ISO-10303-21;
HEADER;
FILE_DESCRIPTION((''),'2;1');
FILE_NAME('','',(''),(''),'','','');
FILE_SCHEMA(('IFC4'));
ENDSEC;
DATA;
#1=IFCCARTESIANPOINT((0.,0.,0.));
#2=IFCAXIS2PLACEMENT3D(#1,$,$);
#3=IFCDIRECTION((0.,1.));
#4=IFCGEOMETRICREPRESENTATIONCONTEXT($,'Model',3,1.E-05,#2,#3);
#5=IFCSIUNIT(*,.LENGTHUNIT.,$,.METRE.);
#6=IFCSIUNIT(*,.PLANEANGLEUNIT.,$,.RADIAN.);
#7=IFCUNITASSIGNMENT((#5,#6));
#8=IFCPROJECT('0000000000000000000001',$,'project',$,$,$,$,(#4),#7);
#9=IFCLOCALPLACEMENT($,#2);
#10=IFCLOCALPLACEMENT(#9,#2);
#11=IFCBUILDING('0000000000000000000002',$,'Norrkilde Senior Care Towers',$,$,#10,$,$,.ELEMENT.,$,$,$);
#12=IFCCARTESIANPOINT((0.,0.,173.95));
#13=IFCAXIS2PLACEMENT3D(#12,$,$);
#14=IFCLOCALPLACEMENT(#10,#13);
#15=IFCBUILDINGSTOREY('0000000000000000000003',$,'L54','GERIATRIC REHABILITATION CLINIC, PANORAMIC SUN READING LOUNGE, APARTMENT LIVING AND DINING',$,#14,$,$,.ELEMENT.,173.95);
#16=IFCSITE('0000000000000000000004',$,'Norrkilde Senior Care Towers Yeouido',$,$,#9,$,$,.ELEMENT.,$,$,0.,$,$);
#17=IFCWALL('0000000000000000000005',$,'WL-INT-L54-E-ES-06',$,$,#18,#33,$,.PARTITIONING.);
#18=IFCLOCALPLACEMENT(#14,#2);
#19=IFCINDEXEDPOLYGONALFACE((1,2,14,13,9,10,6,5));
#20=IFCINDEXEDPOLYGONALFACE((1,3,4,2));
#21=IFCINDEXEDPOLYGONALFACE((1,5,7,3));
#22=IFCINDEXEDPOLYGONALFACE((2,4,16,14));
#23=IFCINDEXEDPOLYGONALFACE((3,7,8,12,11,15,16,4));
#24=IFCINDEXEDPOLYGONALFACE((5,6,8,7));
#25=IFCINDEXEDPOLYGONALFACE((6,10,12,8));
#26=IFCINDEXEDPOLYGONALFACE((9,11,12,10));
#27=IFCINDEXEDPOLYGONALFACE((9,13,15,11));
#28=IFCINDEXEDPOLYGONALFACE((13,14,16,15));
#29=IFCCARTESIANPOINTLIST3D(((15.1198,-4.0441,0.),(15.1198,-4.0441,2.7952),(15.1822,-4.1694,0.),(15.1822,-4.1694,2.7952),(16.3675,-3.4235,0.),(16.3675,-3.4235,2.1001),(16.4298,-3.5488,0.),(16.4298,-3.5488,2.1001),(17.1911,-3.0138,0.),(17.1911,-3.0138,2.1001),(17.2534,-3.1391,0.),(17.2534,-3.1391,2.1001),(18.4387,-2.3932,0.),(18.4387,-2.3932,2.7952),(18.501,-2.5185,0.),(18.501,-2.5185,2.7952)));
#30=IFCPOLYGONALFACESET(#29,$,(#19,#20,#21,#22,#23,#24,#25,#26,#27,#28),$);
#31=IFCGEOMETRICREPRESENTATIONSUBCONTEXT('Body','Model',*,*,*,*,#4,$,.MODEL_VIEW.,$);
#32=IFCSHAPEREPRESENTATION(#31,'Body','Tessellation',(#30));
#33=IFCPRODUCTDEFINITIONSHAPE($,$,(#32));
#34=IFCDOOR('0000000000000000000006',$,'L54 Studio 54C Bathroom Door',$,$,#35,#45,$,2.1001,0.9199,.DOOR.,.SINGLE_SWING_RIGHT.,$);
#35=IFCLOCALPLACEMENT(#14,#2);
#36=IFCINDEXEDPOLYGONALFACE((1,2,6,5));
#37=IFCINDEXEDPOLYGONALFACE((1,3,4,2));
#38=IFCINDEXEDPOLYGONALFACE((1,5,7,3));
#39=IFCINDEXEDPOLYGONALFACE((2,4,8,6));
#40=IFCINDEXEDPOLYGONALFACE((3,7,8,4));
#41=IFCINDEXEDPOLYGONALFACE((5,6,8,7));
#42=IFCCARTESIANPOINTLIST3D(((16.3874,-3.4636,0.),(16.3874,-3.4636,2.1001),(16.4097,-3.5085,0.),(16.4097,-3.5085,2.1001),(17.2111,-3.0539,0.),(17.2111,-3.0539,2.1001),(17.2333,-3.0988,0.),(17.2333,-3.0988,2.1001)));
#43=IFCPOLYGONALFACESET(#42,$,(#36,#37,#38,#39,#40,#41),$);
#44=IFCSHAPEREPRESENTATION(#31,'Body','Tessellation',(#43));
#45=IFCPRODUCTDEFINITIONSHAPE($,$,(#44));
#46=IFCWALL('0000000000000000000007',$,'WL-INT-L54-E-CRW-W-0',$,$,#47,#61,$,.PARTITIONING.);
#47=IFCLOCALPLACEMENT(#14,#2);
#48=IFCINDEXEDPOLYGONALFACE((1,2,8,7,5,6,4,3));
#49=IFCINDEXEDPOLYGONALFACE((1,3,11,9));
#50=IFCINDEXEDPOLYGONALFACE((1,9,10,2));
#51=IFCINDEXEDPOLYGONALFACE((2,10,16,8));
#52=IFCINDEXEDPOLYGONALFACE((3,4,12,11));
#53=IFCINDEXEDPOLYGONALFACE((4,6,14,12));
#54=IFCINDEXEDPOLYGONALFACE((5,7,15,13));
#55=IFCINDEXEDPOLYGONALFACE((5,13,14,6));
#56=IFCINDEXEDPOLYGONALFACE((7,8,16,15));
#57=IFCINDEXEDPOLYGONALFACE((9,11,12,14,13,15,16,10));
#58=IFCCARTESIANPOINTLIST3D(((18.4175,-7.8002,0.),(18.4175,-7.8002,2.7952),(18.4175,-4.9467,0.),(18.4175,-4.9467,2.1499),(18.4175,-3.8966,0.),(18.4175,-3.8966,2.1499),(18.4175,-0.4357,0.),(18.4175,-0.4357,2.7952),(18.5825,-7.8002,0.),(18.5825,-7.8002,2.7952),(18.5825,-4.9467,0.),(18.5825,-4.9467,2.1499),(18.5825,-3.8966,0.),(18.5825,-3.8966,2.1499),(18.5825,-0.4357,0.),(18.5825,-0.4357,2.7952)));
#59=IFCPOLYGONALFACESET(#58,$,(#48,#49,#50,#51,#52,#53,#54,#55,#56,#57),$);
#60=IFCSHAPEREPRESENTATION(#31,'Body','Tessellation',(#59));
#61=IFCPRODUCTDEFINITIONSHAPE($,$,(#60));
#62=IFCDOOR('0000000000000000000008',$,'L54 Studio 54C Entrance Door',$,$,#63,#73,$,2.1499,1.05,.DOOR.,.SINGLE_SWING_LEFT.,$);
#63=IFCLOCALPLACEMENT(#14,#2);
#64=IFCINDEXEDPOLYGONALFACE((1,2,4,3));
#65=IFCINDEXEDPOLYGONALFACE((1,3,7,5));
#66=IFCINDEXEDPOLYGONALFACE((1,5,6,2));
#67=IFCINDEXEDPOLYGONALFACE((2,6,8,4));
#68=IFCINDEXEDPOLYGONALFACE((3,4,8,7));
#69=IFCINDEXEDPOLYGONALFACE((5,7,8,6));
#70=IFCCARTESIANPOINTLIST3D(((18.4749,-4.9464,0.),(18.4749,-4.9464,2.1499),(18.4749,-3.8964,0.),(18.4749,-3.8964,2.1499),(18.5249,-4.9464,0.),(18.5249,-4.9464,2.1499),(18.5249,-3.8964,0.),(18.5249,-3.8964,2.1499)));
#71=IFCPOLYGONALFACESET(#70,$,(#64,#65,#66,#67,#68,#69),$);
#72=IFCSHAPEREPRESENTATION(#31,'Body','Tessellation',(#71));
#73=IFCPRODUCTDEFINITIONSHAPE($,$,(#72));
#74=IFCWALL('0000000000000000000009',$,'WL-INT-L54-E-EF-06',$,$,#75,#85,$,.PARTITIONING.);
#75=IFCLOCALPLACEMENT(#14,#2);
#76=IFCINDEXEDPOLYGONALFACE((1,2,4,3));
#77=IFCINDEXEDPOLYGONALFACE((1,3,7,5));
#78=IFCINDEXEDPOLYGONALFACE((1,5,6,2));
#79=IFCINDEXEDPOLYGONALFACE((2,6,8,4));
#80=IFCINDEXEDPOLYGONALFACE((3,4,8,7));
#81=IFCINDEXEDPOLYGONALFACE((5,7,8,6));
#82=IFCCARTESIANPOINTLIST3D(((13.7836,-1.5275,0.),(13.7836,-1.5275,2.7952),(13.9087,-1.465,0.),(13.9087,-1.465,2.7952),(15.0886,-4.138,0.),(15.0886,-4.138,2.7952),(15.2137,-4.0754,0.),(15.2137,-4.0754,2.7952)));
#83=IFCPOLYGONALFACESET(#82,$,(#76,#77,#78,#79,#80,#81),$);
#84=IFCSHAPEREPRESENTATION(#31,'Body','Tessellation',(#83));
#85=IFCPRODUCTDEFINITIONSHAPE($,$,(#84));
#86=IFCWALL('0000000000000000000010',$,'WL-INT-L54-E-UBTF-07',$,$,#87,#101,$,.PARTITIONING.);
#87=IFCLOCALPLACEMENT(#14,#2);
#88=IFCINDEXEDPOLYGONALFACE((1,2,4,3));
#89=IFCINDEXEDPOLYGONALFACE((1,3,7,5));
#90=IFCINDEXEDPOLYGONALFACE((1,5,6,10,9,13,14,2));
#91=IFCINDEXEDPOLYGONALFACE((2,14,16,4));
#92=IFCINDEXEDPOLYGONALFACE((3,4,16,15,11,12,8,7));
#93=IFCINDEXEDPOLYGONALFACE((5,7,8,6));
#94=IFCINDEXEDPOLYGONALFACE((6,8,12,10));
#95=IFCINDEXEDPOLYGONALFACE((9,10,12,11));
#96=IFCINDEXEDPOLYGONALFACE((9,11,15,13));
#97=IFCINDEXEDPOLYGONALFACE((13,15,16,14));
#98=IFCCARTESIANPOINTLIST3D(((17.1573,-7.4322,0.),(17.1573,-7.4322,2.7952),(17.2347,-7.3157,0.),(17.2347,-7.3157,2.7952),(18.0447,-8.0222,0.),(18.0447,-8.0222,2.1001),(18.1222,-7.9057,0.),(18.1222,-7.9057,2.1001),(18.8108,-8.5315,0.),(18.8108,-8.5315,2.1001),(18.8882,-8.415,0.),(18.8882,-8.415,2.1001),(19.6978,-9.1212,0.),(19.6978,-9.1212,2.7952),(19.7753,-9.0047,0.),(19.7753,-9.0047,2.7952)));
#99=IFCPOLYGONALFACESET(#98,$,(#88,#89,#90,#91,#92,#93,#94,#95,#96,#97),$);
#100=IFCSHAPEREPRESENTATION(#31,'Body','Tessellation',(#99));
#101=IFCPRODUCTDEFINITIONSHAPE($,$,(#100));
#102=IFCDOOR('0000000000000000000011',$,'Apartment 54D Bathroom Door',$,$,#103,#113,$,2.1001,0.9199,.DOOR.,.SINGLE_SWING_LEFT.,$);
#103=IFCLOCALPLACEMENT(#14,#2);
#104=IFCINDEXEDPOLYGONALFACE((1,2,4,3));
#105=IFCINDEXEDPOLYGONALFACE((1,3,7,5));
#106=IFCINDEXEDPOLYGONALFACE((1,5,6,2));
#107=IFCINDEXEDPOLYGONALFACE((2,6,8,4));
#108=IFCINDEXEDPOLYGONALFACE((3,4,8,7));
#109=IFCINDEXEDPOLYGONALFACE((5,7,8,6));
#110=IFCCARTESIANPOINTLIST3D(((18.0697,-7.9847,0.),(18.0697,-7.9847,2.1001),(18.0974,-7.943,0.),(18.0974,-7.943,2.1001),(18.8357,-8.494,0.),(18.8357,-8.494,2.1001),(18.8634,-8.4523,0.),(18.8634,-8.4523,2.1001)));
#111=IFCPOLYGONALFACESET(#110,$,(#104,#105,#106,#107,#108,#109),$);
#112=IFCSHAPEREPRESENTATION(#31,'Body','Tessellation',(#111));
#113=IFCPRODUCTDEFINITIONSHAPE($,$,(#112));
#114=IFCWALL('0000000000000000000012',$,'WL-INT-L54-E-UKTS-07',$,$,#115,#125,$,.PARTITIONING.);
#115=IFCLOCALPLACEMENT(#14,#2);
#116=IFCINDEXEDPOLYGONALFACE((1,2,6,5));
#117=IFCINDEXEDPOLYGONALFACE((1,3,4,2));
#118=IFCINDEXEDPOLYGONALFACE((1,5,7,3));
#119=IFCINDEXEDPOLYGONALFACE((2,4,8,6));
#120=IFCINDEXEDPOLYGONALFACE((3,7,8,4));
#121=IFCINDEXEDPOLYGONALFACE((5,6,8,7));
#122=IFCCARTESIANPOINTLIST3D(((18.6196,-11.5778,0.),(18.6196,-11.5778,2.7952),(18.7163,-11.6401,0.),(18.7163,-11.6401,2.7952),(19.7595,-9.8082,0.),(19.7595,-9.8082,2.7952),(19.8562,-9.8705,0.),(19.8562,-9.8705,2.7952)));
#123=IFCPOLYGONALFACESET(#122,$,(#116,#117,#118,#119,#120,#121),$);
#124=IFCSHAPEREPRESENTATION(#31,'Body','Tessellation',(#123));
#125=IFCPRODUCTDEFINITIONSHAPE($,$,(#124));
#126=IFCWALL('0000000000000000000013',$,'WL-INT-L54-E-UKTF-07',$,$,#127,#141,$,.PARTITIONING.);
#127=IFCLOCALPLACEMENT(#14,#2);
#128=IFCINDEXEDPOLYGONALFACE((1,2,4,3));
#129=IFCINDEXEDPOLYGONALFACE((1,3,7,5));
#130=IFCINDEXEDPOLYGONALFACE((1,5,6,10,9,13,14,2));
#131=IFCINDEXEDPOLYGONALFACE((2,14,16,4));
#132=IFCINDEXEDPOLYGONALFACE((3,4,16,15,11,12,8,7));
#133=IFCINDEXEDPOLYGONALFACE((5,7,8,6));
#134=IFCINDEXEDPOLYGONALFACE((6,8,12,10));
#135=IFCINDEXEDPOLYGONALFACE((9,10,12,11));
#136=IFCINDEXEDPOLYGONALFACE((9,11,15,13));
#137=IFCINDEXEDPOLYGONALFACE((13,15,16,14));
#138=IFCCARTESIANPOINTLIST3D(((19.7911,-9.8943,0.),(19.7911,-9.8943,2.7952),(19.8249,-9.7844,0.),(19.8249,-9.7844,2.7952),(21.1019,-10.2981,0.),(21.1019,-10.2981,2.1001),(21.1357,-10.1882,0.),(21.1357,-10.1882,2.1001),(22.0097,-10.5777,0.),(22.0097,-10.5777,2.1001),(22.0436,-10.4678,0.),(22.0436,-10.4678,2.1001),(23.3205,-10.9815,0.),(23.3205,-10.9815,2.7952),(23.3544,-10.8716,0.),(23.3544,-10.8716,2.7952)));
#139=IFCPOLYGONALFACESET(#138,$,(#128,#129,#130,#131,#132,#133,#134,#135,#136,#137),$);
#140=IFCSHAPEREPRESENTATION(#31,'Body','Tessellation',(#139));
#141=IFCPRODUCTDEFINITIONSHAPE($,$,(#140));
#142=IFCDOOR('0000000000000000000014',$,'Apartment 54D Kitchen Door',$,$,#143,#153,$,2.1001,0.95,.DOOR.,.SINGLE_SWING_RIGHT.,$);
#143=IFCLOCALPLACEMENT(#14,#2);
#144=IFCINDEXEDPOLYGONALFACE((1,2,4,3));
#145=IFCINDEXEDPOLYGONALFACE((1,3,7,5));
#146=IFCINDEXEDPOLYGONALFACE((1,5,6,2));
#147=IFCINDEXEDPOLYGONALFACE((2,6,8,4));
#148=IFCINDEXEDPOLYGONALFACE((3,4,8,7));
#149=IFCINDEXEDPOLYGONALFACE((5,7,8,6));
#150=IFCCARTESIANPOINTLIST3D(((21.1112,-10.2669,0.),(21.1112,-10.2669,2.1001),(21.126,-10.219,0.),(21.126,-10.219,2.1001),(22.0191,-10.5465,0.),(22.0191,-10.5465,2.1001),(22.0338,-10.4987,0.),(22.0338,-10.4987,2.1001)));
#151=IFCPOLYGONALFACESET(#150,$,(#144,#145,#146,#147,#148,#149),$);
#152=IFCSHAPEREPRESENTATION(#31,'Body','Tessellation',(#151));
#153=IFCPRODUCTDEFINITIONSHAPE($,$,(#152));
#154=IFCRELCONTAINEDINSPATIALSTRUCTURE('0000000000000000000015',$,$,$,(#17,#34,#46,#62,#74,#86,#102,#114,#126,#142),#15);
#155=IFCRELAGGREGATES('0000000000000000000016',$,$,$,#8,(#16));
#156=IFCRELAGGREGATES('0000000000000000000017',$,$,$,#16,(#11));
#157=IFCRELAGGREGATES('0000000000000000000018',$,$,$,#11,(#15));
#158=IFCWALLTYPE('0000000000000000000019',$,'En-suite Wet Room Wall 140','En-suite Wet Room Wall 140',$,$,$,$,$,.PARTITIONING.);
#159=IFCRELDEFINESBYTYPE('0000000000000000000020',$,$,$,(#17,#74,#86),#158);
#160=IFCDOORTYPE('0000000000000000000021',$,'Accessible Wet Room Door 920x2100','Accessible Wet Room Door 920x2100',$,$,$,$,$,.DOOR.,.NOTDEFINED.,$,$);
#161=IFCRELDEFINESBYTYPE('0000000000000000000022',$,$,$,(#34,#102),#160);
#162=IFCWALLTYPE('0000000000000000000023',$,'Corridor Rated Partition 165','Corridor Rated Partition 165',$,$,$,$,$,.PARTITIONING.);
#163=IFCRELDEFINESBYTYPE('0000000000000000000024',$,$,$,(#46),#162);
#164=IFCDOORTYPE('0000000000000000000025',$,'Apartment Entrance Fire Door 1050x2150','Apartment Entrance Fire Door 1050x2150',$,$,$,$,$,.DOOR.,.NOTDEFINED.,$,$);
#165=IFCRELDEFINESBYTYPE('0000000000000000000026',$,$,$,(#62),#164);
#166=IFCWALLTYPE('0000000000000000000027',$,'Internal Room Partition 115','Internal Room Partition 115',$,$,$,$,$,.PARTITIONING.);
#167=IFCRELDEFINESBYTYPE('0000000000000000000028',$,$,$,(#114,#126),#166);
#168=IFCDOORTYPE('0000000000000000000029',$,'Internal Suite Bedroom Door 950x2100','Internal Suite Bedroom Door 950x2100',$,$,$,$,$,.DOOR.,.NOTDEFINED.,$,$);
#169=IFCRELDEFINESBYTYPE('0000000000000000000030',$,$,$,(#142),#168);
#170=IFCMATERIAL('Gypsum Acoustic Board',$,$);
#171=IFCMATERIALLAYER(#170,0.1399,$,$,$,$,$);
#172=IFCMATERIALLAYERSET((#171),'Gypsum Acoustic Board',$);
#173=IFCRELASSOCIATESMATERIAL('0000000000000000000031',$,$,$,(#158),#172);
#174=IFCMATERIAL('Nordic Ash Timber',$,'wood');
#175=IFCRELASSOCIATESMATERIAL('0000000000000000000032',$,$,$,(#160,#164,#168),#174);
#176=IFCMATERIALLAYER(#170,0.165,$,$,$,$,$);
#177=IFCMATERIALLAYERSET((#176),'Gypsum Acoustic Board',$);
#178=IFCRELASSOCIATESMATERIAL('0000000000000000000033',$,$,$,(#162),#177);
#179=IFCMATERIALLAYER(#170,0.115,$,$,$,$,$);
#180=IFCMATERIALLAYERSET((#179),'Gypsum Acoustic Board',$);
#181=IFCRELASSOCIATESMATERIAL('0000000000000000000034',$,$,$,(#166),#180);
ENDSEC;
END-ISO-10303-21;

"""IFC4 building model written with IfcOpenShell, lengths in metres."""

from ifc_helpers import new_model, si_unit, direction, frame, frame_2d, origin, place, context, subcontext, project, spatial, rectangle, extrude, source, transform, mapped, material, layer, layer_set, type_object, type_shapes, element, fill, save


model = new_model("IFC4")

# Units and contexts
model_context = context("Model", 3, precision=1e-05, world=origin(), true_north=direction((0.0, 1.0)))
body_context = subcontext(model_context, "Body", "Model", "MODEL_VIEW")
ifc_project = project(units=[si_unit("LENGTHUNIT", "METRE"), si_unit("PLANEANGLEUNIT", "RADIAN")], contexts=[model_context])

# Site, building, storey
site_placement = place(None, origin())
site = spatial("IfcSite", under=ifc_project, at=site_placement, Name="Norrkilde Senior Care Towers Yeouido", CompositionType="ELEMENT", RefElevation=0.0)
building_placement = place(site_placement, origin())
building = spatial("IfcBuilding", under=site, at=building_placement, Name="Norrkilde Senior Care Towers", CompositionType="ELEMENT")
storey_placement = place(building_placement, frame((0.0, 0.0, 173.95)))
storey = spatial("IfcBuildingStorey", under=building, at=storey_placement, Name="L54", Description="GERIATRIC REHABILITATION CLINIC, PANORAMIC SUN READING LOUNGE, APARTMENT LIVING AND DINING", CompositionType="ELEMENT", Elevation=173.95)

# Shared definitions
ifc_material_1 = material(Name="Gypsum Acoustic Board")

# Walls, openings, doors
ifc_layer_1 = layer(ifc_material_1, 0.1399)
ifc_layer_set_1 = layer_set([ifc_layer_1], Name="Gypsum Acoustic Board")
wall_type_1 = type_object("IfcWallType", Name="En-suite Wet Room Wall 140", Description="En-suite Wet Room Wall 140", PredefinedType="PARTITIONING", material=ifc_layer_set_1)
shared_shape_1 = source(origin(), body_context, "Body", "SweptSolid", [
    extrude(rectangle(XDim=3.7068, YDim=0.1399, at=frame_2d((1.8535, 0.0))), origin(), (0.0, 0.0, 1.0), 2.7952),
])
wall_1_placement = place(storey_placement, frame((18.47, -2.4558, 0.0), z_axis=(0.0, 0.0, 1.0), x_axis=(-0.895347, -0.445368, 0.0)))
wall_1 = element("IfcWall", 1, at=wall_1_placement, inside=storey, type_object=wall_type_1, Name="WL-INT-L54-E-ES-06", PredefinedType="PARTITIONING", context=body_context, shape_type="MappedRepresentation", body=[
    mapped(shared_shape_1, transform((0.0, 0.0, 0.0), x_axis=(1.0, 0.0, 0.0), y_axis=(0.0, 1.0, 0.0), z_axis=(0.0, 0.0, 1.0), scale=1.0)),
])
opening_1_placement = place(wall_1_placement, frame((1.3936, 0.0, 0.0)))
opening_1 = element("IfcOpeningElement", 2, at=opening_1_placement, cuts=wall_1, PredefinedType="OPENING", context=body_context, shape_type="SweptSolid", body=[
    extrude(rectangle(XDim=0.9199, YDim=2.1001, at=frame_2d((0.46, 1.05))), frame((0.0, 0.0798, 0.0), z_axis=(0.0, -1.0, 0.0), x_axis=(1.0, 0.0, 0.0)), (0.0, 0.0, 1.0), 0.1599),
])
ifc_material_2 = material(Name="Nordic Ash Timber", Category="wood")
door_type_1 = type_object("IfcDoorType", Name="Accessible Wet Room Door 920x2100", Description="Accessible Wet Room Door 920x2100", OperationType="NOTDEFINED", PredefinedType="DOOR", material=ifc_material_2)
shared_shape_2 = source(origin(), body_context, "Body", "SweptSolid", [
    extrude(rectangle(XDim=0.9199, YDim=2.1001, at=frame_2d((0.46, 1.05))), frame((0.0, 0.0249, 0.0), z_axis=(0.0, -1.0, 0.0), x_axis=(1.0, 0.0, 0.0)), (0.0, 0.0, 1.0), 0.05),
])
type_shapes(door_type_1, [shared_shape_2])
door_1_placement = place(opening_1_placement, origin())
door_1 = element("IfcDoor", 3, at=door_1_placement, inside=storey, type_object=door_type_1, Name="L54 Studio 54C Bathroom Door", OperationType="SINGLE_SWING_RIGHT", OverallHeight=2.1001, OverallWidth=0.9199, PredefinedType="DOOR", context=body_context, shape_type="MappedRepresentation", body=[
    mapped(shared_shape_2, transform((0.0, 0.0, 0.0), x_axis=(1.0, 0.0, 0.0), y_axis=(0.0, 1.0, 0.0), z_axis=(0.0, 0.0, 1.0), scale=1.0)),
])
fill(opening_1, door_1)
ifc_layer_2 = layer(ifc_material_1, 0.165)
ifc_layer_set_2 = layer_set([ifc_layer_2], Name="Gypsum Acoustic Board")
wall_type_2 = type_object("IfcWallType", Name="Corridor Rated Partition 165", Description="Corridor Rated Partition 165", PredefinedType="PARTITIONING", material=ifc_layer_set_2)
shared_shape_3 = source(origin(), body_context, "Body", "SweptSolid", [
    extrude(rectangle(XDim=7.3645, YDim=0.165, at=frame_2d((3.6821, 0.0))), origin(), (0.0, 0.0, 1.0), 2.7952),
])
type_shapes(wall_type_2, [shared_shape_3])
wall_2_placement = place(storey_placement, frame((18.5, -7.8, 0.0), z_axis=(0.0, 0.0, 1.0), x_axis=(0.0, 1.0, 0.0)))
wall_2 = element("IfcWall", 4, at=wall_2_placement, inside=storey, type_object=wall_type_2, Name="WL-INT-L54-E-CRW-W-0", PredefinedType="PARTITIONING", context=body_context, shape_type="MappedRepresentation", body=[
    mapped(shared_shape_3, transform((0.0, 0.0, 0.0), x_axis=(1.0, 0.0, 0.0), y_axis=(0.0, 1.0, 0.0), z_axis=(0.0, 0.0, 1.0), scale=1.0)),
])
opening_2_placement = place(wall_2_placement, frame((2.8535, 0.0, 0.0)))
opening_2 = element("IfcOpeningElement", 5, at=opening_2_placement, cuts=wall_2, PredefinedType="OPENING", context=body_context, shape_type="SweptSolid", body=[
    extrude(rectangle(XDim=1.05, YDim=2.1499, at=frame_2d((0.5249, 1.075))), frame((0.0, 0.0925, 0.0), z_axis=(0.0, -1.0, 0.0), x_axis=(1.0, 0.0, 0.0)), (0.0, 0.0, 1.0), 0.1851),
])
door_type_2 = type_object("IfcDoorType", Name="Apartment Entrance Fire Door 1050x2150", Description="Apartment Entrance Fire Door 1050x2150", OperationType="NOTDEFINED", PredefinedType="DOOR", material=ifc_material_2)
shared_shape_4 = source(origin(), body_context, "Body", "SweptSolid", [
    extrude(rectangle(XDim=1.05, YDim=2.1499, at=frame_2d((0.5249, 1.075))), frame((0.0, 0.0249, 0.0), z_axis=(0.0, -1.0, 0.0), x_axis=(1.0, 0.0, 0.0)), (0.0, 0.0, 1.0), 0.05),
])
type_shapes(door_type_2, [shared_shape_4])
door_2_placement = place(opening_2_placement, frame((1.05, 0.0, 0.0), z_axis=(0.0, 0.0, 1.0), x_axis=(-1.0, 0.0, 0.0)))
door_2 = element("IfcDoor", 6, at=door_2_placement, inside=storey, type_object=door_type_2, Name="L54 Studio 54C Entrance Door", OperationType="SINGLE_SWING_LEFT", OverallHeight=2.1499, OverallWidth=1.05, PredefinedType="DOOR", context=body_context, shape_type="MappedRepresentation", body=[
    mapped(shared_shape_4, transform((0.0, 0.0, 0.0), x_axis=(1.0, 0.0, 0.0), y_axis=(0.0, 1.0, 0.0), z_axis=(0.0, 0.0, 1.0), scale=1.0)),
])
fill(opening_2, door_2)

# Wall
shared_shape_5 = source(origin(), body_context, "Body", "SweptSolid", [
    extrude(rectangle(XDim=2.9185, YDim=0.1399, at=frame_2d((1.4592, 0.0))), origin(), (0.0, 0.0, 1.0), 2.7952),
])
wall_3_placement = place(storey_placement, frame((15.1511, -4.1067, 0.0), z_axis=(0.0, 0.0, 1.0), x_axis=(-0.447147, 0.894461, 0.0)))
element("IfcWall", 7, at=wall_3_placement, inside=storey, type_object=wall_type_1, Name="WL-INT-L54-E-EF-06", PredefinedType="PARTITIONING", context=body_context, shape_type="MappedRepresentation", body=[
    mapped(shared_shape_5, transform((0.0, 0.0, 0.0), x_axis=(1.0, 0.0, 0.0), y_axis=(0.0, 1.0, 0.0), z_axis=(0.0, 0.0, 1.0), scale=1.0)),
])

# Wall, opening, door
shared_shape_6 = source(origin(), body_context, "Body", "SweptSolid", [
    extrude(rectangle(XDim=3.0508, YDim=0.1399, at=frame_2d((1.5254, 0.0))), origin(), (0.0, 0.0, 1.0), 2.7952),
])
type_shapes(wall_type_1, [shared_shape_1, shared_shape_5, shared_shape_6])
wall_4_placement = place(storey_placement, frame((19.7366, -9.063, 0.0), z_axis=(0.0, 0.0, 1.0), x_axis=(-0.832764, 0.553629, 0.0)))
wall_4 = element("IfcWall", 8, at=wall_4_placement, inside=storey, type_object=wall_type_1, Name="WL-INT-L54-E-UBTF-07", PredefinedType="PARTITIONING", context=body_context, shape_type="MappedRepresentation", body=[
    mapped(shared_shape_6, transform((0.0, 0.0, 0.0), x_axis=(1.0, 0.0, 0.0), y_axis=(0.0, 1.0, 0.0), z_axis=(0.0, 0.0, 1.0), scale=1.0)),
])
opening_3_placement = place(wall_4_placement, frame((1.0652, 0.0, 0.0)))
opening_3 = element("IfcOpeningElement", 9, at=opening_3_placement, cuts=wall_4, PredefinedType="OPENING", context=body_context, shape_type="SweptSolid", body=[
    extrude(rectangle(XDim=0.9199, YDim=2.1001, at=frame_2d((0.46, 1.05))), frame((0.0, 0.0798, 0.0), z_axis=(0.0, -1.0, 0.0), x_axis=(1.0, 0.0, 0.0)), (0.0, 0.0, 1.0), 0.1599),
])
door_3_placement = place(opening_3_placement, origin())
door_3 = element("IfcDoor", 10, at=door_3_placement, inside=storey, type_object=door_type_1, Name="Apartment 54D Bathroom Door", OperationType="SINGLE_SWING_LEFT", OverallHeight=2.1001, OverallWidth=0.9199, PredefinedType="DOOR", context=body_context, shape_type="MappedRepresentation", body=[
    mapped(shared_shape_2, transform((0.0, 0.0, 0.0), x_axis=(1.0, 0.0, 0.0), y_axis=(0.0, 1.0, 0.0), z_axis=(0.0, 0.0, 1.0), scale=1.0)),
])
fill(opening_3, door_3)

# Wall
ifc_layer_3 = layer(ifc_material_1, 0.115)
ifc_layer_set_3 = layer_set([ifc_layer_3], Name="Gypsum Acoustic Board")
wall_type_3 = type_object("IfcWallType", Name="Internal Room Partition 115", Description="Internal Room Partition 115", PredefinedType="PARTITIONING", material=ifc_layer_set_3)
shared_shape_7 = source(origin(), body_context, "Body", "SweptSolid", [
    extrude(rectangle(XDim=2.105, YDim=0.115, at=frame_2d((1.0525, 0.0))), origin(), (0.0, 0.0, 1.0), 2.7952),
])
wall_5_placement = place(storey_placement, frame((19.8079, -9.8394, 0.0), z_axis=(0.0, 0.0, 1.0), x_axis=(-0.541543, -0.840673, 0.0)))
element("IfcWall", 11, at=wall_5_placement, inside=storey, type_object=wall_type_3, Name="WL-INT-L54-E-UKTS-07", PredefinedType="PARTITIONING", context=body_context, shape_type="MappedRepresentation", body=[
    mapped(shared_shape_7, transform((0.0, 0.0, 0.0), x_axis=(1.0, 0.0, 0.0), y_axis=(0.0, 1.0, 0.0), z_axis=(0.0, 0.0, 1.0), scale=1.0)),
])

# Wall, opening, door
shared_shape_8 = source(origin(), body_context, "Body", "SweptSolid", [
    extrude(rectangle(XDim=3.6931, YDim=0.115, at=frame_2d((1.8467, 0.0))), origin(), (0.0, 0.0, 1.0), 2.7952),
])
type_shapes(wall_type_3, [shared_shape_7, shared_shape_8])
wall_6_placement = place(storey_placement, frame((19.8079, -9.8394, 0.0), z_axis=(0.0, 0.0, 1.0), x_axis=(0.955692, -0.294369, 0.0)))
wall_6 = element("IfcWall", 12, at=wall_6_placement, inside=storey, type_object=wall_type_3, Name="WL-INT-L54-E-UKTF-07", PredefinedType="PARTITIONING", context=body_context, shape_type="MappedRepresentation", body=[
    mapped(shared_shape_8, transform((0.0, 0.0, 0.0), x_axis=(1.0, 0.0, 0.0), y_axis=(0.0, 1.0, 0.0), z_axis=(0.0, 0.0, 1.0), scale=1.0)),
])
opening_4_placement = place(wall_6_placement, frame((1.3716, 0.0, 0.0)))
opening_4 = element("IfcOpeningElement", 13, at=opening_4_placement, cuts=wall_6, PredefinedType="OPENING", context=body_context, shape_type="SweptSolid", body=[
    extrude(rectangle(XDim=0.95, YDim=2.1001, at=frame_2d((0.4751, 1.05))), frame((0.0, 0.0674, 0.0), z_axis=(0.0, -1.0, 0.0), x_axis=(1.0, 0.0, 0.0)), (0.0, 0.0, 1.0), 0.135),
])
door_type_3 = type_object("IfcDoorType", Name="Internal Suite Bedroom Door 950x2100", Description="Internal Suite Bedroom Door 950x2100", OperationType="NOTDEFINED", PredefinedType="DOOR", material=ifc_material_2)
shared_shape_9 = source(origin(), body_context, "Body", "SweptSolid", [
    extrude(rectangle(XDim=0.95, YDim=2.1001, at=frame_2d((0.4751, 1.05))), frame((0.0, 0.0249, 0.0), z_axis=(0.0, -1.0, 0.0), x_axis=(1.0, 0.0, 0.0)), (0.0, 0.0, 1.0), 0.05),
])
type_shapes(door_type_3, [shared_shape_9])
door_4_placement = place(opening_4_placement, frame((0.95, 0.0, 0.0), z_axis=(0.0, 0.0, 1.0), x_axis=(-1.0, 0.0, 0.0)))
door_4 = element("IfcDoor", 14, at=door_4_placement, inside=storey, type_object=door_type_3, Name="Apartment 54D Kitchen Door", OperationType="SINGLE_SWING_RIGHT", OverallHeight=2.1001, OverallWidth=0.95, PredefinedType="DOOR", context=body_context, shape_type="MappedRepresentation", body=[
    mapped(shared_shape_9, transform((0.0, 0.0, 0.0), x_axis=(1.0, 0.0, 0.0), y_axis=(0.0, 1.0, 0.0), z_axis=(0.0, 0.0, 1.0), scale=1.0)),
])
fill(opening_4, door_4)

save(model, "model.ifc")
